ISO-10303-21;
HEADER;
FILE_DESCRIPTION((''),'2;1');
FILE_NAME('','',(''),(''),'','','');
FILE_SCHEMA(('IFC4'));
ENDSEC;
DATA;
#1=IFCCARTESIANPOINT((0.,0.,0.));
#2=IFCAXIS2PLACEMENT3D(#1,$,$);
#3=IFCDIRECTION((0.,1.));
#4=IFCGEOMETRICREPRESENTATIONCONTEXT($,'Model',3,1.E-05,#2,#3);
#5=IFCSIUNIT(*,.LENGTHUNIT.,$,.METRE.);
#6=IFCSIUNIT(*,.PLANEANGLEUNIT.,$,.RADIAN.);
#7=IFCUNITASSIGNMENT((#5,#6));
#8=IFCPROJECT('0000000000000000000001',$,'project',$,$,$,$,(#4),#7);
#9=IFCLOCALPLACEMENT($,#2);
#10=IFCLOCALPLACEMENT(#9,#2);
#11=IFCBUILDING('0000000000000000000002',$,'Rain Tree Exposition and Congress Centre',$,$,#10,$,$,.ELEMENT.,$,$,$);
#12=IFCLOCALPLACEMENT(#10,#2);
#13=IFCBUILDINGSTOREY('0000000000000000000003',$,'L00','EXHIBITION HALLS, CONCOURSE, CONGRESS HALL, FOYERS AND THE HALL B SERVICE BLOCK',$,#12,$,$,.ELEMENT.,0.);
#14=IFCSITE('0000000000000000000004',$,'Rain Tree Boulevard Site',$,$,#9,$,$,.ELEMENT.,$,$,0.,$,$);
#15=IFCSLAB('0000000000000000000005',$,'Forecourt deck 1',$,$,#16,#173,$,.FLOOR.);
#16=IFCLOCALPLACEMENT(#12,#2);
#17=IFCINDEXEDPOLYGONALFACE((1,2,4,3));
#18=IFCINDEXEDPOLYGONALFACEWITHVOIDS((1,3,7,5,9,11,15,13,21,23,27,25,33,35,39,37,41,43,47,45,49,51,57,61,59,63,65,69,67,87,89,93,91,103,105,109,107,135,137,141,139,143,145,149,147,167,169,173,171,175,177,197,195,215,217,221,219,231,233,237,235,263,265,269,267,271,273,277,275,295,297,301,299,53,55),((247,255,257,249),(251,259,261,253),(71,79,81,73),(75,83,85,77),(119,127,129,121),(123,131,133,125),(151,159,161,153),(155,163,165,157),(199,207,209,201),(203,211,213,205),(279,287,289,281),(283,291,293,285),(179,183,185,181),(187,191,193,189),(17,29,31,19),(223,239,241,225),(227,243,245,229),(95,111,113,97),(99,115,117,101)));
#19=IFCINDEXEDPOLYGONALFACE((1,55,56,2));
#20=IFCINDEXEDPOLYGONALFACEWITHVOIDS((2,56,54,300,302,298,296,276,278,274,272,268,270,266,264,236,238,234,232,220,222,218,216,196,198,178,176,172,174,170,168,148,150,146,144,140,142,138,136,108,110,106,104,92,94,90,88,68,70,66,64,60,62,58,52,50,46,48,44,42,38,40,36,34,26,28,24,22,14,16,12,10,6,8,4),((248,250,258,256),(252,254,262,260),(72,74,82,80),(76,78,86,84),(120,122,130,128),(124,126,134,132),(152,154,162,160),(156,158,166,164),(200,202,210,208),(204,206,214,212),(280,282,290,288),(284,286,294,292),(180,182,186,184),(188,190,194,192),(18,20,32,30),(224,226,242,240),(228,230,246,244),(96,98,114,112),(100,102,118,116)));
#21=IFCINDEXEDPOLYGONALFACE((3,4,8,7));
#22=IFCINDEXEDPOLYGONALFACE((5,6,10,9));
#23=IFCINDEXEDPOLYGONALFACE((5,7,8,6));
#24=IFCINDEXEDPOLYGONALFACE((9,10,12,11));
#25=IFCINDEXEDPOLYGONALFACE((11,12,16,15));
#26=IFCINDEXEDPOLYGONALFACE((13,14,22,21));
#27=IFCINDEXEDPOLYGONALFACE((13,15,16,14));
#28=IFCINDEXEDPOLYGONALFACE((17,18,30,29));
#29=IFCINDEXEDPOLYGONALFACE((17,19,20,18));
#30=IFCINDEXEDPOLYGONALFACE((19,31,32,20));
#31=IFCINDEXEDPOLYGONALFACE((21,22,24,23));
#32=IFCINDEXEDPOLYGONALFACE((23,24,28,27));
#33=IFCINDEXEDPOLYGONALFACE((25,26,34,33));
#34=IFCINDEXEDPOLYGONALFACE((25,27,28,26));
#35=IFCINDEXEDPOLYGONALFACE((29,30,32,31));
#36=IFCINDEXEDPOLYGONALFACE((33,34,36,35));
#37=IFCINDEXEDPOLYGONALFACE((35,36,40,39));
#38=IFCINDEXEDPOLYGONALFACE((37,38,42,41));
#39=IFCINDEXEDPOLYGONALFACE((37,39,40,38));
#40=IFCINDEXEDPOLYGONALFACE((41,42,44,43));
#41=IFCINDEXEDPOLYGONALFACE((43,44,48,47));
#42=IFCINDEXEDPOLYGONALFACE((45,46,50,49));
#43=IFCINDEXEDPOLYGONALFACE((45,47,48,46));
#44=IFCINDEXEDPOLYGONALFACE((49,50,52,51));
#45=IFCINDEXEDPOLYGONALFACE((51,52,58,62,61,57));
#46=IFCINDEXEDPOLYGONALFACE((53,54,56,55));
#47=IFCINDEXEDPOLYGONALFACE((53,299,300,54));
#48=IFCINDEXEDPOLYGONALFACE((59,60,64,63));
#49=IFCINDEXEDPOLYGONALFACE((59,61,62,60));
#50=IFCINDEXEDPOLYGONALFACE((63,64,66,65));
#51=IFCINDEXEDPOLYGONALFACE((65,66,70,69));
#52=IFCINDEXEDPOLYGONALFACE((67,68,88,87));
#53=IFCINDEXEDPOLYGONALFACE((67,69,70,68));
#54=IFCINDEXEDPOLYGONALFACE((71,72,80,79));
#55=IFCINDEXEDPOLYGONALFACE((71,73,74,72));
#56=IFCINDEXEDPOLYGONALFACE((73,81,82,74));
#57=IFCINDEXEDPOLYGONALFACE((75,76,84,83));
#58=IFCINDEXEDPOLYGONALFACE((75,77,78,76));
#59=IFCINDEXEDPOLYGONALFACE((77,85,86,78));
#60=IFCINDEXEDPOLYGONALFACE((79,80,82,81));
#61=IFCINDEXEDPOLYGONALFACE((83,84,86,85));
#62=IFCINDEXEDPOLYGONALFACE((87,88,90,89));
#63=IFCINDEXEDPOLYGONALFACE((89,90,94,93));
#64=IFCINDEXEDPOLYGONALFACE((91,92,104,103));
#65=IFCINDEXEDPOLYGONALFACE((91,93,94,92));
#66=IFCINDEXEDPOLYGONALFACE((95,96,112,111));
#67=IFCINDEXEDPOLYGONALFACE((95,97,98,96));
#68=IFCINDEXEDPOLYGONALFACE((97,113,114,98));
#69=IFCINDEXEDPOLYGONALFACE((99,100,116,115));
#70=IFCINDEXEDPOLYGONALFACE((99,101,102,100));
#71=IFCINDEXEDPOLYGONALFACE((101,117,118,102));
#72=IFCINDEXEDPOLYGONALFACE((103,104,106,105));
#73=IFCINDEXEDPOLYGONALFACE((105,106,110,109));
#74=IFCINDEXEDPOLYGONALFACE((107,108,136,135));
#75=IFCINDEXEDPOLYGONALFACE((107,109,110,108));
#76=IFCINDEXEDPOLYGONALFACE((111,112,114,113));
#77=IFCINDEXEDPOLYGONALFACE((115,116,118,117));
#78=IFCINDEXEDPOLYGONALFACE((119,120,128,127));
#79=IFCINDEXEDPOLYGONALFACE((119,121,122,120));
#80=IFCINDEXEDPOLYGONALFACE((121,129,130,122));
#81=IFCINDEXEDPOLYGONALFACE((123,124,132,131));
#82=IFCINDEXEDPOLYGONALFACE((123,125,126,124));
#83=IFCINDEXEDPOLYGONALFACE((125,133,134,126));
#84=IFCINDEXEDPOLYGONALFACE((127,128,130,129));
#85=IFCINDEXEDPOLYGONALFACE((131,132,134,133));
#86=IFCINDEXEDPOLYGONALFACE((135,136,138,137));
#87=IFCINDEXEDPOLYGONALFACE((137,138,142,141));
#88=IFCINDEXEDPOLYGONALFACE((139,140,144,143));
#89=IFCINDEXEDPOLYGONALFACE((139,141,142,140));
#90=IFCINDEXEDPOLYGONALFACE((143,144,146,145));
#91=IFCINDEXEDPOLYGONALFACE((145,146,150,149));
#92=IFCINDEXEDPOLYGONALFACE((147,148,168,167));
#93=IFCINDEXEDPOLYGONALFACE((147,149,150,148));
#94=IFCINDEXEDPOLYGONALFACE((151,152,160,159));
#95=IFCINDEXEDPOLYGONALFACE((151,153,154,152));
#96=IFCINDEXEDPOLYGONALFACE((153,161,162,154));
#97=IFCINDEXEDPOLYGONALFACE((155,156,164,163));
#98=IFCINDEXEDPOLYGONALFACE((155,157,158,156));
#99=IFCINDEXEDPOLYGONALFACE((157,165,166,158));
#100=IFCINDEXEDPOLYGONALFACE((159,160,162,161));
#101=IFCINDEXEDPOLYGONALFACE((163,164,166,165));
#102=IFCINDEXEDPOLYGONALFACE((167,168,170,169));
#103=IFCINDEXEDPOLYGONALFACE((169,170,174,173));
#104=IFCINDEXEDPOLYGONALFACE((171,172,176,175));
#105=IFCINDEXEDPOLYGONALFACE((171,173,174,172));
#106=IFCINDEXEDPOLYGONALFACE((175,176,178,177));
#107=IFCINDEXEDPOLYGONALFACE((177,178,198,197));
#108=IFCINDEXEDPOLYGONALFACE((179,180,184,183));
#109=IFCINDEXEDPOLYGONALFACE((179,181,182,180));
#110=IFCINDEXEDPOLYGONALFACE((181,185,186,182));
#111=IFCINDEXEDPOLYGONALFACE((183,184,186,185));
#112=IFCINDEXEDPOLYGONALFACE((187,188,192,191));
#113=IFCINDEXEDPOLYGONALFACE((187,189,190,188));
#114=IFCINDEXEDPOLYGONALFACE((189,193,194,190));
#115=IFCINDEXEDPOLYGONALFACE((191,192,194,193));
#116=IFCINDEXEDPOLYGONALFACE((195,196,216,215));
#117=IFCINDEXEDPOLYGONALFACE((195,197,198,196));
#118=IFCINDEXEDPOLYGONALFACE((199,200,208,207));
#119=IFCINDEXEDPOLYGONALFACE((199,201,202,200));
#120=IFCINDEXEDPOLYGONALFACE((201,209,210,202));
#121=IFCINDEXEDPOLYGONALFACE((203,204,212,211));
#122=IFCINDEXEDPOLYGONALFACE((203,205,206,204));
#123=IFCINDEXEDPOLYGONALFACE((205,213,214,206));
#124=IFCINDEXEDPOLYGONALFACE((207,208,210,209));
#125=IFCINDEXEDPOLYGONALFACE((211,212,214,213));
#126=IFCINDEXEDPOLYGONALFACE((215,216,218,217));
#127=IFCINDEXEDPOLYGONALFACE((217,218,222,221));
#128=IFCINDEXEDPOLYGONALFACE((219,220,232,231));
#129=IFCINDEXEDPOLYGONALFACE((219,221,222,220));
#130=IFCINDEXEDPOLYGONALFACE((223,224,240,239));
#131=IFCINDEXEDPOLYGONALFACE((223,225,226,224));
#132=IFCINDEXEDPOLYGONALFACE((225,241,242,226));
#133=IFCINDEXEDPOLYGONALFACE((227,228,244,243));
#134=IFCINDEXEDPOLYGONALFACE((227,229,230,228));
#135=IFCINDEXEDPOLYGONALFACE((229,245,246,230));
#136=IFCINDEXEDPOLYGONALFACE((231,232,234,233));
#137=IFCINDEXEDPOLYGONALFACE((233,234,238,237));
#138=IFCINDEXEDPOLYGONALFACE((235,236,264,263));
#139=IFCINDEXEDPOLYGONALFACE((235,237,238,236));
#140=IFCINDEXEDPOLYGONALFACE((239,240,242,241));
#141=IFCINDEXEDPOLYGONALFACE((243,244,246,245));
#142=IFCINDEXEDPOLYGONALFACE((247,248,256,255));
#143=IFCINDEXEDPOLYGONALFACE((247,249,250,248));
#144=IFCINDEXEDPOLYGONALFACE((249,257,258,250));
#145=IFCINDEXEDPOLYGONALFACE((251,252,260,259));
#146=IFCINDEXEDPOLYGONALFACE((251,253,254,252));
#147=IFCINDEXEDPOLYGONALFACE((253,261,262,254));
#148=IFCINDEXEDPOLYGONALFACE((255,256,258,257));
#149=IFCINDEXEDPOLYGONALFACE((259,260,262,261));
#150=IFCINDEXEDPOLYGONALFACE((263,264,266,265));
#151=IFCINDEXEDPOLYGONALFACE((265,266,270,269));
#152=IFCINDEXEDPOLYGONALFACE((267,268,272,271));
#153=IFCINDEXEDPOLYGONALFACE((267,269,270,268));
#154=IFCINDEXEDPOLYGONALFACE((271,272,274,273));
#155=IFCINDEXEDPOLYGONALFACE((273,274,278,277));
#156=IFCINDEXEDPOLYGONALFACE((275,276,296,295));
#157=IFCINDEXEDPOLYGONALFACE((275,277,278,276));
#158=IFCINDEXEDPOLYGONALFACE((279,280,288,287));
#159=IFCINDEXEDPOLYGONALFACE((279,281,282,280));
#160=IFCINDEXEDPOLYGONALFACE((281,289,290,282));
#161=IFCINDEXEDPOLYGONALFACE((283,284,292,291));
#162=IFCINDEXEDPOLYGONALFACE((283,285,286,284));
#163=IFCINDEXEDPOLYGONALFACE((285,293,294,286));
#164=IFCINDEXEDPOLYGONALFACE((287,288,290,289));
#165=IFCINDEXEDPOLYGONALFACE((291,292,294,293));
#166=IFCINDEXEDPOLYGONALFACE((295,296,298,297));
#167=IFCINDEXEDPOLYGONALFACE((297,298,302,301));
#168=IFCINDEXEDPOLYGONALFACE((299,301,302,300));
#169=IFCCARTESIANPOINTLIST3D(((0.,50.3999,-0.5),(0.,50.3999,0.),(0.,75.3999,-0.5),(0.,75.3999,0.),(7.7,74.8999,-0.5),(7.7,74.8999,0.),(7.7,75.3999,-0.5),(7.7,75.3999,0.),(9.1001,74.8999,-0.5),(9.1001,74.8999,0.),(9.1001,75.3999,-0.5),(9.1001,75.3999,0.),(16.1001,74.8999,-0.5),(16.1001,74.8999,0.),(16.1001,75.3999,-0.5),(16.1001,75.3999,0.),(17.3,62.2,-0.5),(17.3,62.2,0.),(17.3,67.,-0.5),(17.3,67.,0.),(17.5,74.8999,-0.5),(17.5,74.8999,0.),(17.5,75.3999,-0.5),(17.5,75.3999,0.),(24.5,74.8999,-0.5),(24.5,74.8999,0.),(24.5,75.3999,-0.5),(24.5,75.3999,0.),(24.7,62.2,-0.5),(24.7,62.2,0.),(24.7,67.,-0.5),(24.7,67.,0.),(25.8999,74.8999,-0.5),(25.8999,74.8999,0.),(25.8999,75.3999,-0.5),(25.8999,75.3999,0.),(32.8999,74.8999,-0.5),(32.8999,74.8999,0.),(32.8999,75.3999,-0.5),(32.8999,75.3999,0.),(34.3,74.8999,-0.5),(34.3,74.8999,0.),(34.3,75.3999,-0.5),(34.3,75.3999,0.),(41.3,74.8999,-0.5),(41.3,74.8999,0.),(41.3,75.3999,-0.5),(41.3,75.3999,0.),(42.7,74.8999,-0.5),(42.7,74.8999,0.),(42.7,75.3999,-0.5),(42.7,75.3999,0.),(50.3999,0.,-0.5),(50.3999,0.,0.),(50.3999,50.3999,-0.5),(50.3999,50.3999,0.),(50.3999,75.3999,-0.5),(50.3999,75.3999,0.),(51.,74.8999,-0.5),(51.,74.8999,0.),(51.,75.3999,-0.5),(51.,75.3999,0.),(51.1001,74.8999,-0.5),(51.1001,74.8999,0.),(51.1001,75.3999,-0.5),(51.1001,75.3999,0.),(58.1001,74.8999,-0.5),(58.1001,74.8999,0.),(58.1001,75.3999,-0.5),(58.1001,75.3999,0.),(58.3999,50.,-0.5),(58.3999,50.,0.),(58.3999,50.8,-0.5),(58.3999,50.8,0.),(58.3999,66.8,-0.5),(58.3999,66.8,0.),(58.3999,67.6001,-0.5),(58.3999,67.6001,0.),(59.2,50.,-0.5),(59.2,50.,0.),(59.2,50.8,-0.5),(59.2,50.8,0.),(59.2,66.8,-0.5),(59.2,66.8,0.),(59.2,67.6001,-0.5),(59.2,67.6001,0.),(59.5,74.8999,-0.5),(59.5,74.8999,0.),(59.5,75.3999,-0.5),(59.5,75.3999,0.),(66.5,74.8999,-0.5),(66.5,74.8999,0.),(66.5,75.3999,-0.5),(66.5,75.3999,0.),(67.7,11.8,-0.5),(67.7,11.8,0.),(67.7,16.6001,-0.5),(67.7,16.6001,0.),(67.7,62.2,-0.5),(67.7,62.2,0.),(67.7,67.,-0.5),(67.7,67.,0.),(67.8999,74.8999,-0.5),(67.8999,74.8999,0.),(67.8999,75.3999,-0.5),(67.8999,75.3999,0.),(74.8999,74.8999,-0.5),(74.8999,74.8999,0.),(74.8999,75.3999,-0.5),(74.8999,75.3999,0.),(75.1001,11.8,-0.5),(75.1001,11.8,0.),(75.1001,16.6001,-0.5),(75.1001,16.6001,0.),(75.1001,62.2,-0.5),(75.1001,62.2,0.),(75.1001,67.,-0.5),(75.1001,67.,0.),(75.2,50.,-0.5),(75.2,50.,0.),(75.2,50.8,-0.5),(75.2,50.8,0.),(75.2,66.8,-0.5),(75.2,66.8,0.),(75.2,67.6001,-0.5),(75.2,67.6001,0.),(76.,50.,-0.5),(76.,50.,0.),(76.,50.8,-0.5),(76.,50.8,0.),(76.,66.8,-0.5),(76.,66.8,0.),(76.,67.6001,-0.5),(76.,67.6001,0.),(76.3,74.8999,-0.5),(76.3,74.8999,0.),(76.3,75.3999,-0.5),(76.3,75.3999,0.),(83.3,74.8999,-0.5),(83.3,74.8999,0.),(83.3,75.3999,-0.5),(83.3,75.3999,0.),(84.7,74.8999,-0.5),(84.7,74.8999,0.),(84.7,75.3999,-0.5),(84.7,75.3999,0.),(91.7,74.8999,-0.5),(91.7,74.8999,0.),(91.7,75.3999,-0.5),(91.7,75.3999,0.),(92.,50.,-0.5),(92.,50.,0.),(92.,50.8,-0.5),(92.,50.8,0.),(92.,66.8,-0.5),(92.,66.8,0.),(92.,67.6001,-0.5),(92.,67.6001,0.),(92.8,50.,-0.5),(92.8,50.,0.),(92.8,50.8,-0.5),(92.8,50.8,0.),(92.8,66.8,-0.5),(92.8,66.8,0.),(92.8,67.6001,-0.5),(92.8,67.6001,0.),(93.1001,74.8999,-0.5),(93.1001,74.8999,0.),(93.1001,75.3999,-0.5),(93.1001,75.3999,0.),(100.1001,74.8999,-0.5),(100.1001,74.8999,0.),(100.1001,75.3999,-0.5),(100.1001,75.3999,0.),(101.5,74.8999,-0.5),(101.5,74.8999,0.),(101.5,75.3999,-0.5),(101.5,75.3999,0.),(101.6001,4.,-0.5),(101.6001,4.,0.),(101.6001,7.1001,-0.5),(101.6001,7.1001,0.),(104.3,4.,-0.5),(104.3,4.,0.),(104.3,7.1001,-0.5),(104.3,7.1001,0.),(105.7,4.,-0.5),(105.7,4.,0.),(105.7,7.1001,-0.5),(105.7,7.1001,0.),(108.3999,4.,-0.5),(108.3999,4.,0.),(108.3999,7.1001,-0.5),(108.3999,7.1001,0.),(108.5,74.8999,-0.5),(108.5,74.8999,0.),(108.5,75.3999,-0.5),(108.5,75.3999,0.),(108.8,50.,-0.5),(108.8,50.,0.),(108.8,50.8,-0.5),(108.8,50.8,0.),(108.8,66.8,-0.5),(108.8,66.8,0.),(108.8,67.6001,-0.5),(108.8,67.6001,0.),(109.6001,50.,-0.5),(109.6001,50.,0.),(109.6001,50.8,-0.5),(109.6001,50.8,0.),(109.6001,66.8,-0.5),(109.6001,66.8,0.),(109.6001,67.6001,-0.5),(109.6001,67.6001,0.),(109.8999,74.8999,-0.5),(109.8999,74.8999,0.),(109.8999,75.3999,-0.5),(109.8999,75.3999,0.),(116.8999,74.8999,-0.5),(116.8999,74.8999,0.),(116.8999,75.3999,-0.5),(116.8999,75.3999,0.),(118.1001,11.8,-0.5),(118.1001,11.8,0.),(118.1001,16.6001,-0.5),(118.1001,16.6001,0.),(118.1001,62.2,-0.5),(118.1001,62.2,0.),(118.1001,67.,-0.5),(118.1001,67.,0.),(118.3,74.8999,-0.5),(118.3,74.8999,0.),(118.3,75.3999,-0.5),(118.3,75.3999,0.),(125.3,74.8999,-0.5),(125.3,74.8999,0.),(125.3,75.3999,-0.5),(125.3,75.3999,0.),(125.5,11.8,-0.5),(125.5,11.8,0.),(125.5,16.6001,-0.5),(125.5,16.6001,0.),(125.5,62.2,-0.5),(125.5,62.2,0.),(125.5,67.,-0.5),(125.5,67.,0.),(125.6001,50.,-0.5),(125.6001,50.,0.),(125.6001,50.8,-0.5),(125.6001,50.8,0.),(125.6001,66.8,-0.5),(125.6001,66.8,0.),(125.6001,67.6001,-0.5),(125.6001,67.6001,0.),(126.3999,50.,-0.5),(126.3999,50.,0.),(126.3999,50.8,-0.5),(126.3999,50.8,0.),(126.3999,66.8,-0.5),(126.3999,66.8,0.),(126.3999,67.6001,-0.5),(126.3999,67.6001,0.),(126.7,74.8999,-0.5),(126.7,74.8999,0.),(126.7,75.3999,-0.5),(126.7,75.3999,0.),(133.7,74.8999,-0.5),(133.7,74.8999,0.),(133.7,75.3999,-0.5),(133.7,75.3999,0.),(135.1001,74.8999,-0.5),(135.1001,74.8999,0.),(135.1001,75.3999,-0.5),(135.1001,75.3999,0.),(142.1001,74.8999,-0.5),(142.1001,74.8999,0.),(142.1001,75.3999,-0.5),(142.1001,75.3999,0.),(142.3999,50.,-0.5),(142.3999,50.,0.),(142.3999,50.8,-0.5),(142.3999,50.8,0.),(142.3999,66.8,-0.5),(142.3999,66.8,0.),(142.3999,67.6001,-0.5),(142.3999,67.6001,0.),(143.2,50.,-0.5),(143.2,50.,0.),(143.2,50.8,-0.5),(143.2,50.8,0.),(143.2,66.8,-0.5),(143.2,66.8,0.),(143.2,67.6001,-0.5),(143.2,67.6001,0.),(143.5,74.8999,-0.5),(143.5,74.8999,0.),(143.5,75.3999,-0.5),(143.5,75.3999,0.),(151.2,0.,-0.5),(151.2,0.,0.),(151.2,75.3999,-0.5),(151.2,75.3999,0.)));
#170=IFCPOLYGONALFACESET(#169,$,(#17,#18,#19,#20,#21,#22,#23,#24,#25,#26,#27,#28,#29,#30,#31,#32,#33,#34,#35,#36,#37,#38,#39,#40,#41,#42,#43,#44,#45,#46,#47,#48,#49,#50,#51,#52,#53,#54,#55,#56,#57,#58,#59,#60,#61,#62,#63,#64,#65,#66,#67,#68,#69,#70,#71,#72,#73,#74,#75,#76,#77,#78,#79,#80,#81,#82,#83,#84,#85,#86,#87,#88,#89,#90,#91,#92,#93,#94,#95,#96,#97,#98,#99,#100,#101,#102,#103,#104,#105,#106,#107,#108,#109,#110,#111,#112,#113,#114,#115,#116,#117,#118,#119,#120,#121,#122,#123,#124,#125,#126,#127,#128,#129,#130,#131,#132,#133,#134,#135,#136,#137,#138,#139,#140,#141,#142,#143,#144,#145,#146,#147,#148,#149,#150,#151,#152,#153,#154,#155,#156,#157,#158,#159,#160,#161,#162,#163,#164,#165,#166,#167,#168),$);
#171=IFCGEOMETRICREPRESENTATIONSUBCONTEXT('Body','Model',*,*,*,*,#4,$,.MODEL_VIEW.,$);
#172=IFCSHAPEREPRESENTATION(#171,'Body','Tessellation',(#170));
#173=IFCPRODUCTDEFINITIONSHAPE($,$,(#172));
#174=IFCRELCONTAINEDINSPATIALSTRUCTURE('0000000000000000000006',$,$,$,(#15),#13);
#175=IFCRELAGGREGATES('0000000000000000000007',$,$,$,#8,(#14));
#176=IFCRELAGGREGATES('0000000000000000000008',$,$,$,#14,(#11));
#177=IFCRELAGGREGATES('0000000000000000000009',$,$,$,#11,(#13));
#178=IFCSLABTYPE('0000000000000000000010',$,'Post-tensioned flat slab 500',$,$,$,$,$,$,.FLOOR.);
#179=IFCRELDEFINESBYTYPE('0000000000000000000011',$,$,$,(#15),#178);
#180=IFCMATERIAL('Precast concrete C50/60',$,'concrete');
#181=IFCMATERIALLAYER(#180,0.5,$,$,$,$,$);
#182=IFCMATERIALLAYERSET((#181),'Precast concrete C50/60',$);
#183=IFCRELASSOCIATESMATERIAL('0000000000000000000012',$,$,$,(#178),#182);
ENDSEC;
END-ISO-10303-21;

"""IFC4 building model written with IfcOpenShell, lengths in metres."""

from ifc_helpers import new_model, si_unit, direction, frame, origin, place, context, subcontext, project, spatial, polyline, outline, extrude, material, layer, layer_set, type_object, element, save


model = new_model("IFC4")

# Units and contexts
model_context = context("Model", 3, precision=1e-05, world=origin(), true_north=direction((0.0, 1.0)))
body_context = subcontext(model_context, "Body", "Model", "MODEL_VIEW")
ifc_project = project(units=[si_unit("LENGTHUNIT", "METRE"), si_unit("PLANEANGLEUNIT", "RADIAN")], contexts=[model_context])

# Site, building, storey
site_placement = place(None, origin())
site = spatial("IfcSite", under=ifc_project, at=site_placement, Name="Rain Tree Boulevard Site", CompositionType="ELEMENT", RefElevation=0.0)
building_placement = place(site_placement, origin())
building = spatial("IfcBuilding", under=site, at=building_placement, Name="Rain Tree Exposition and Congress Centre", CompositionType="ELEMENT")
storey_placement = place(building_placement, origin())
storey = spatial("IfcBuildingStorey", under=building, at=storey_placement, Name="L00", Description="EXHIBITION HALLS, CONCOURSE, CONGRESS HALL, FOYERS AND THE HALL B SERVICE BLOCK", CompositionType="ELEMENT", Elevation=0.0)

# Slab
ifc_material_1 = material(Name="Precast concrete C50/60", Category="concrete")
ifc_layer_1 = layer(ifc_material_1, 0.5)
ifc_layer_set_1 = layer_set([ifc_layer_1], Name="Precast concrete C50/60")
slab_type_1 = type_object("IfcSlabType", Name="Post-tensioned flat slab 500", PredefinedType="FLOOR", material=ifc_layer_set_1)
slab_1_placement = place(storey_placement, frame((0.0, 0.0, -0.5)))
element("IfcSlab", 1, at=slab_1_placement, inside=storey, type_object=slab_type_1, Name="Forecourt deck 1", PredefinedType="FLOOR", context=body_context, shape_type="SweptSolid", body=[
    extrude(outline(polyline([(151.2, 75.3999), (143.5, 75.3999), (143.5, 74.8999), (142.1001, 74.8999), (142.1001, 75.3999), (135.1001, 75.3999), (135.1001, 74.8999), (133.7, 74.8999), (133.7, 75.3999), (126.7, 75.3999), (126.7, 74.8999), (125.3, 74.8999), (125.3, 75.3999), (118.3, 75.3999), (118.3, 74.8999), (116.8999, 74.8999), (116.8999, 75.3999), (109.8999, 75.3999), (109.8999, 74.8999), (108.5, 74.8999), (108.5, 75.3999), (101.5, 75.3999), (101.5, 74.8999), (100.1001, 74.8999), (100.1001, 75.3999), (93.1001, 75.3999), (93.1001, 74.8999), (91.7, 74.8999), (91.7, 75.3999), (84.7, 75.3999), (84.7, 74.8999), (83.3, 74.8999), (83.3, 75.3999), (76.3, 75.3999), (76.3, 74.8999), (74.8999, 74.8999), (74.8999, 75.3999), (67.8999, 75.3999), (67.8999, 74.8999), (66.5, 74.8999), (66.5, 75.3999), (59.5, 75.3999), (59.5, 74.8999), (58.1001, 74.8999), (58.1001, 75.3999), (51.1001, 75.3999), (51.1001, 74.8999), (51.0, 74.8999), (51.0, 75.3999), (50.3999, 75.3999), (42.7, 75.3999), (42.7, 74.8999), (41.3, 74.8999), (41.3, 75.3999), (34.3, 75.3999), (34.3, 74.8999), (32.8999, 74.8999), (32.8999, 75.3999), (25.8999, 75.3999), (25.8999, 74.8999), (24.5, 74.8999), (24.5, 75.3999), (17.5, 75.3999), (17.5, 74.8999), (16.1001, 74.8999), (16.1001, 75.3999), (9.1001, 75.3999), (9.1001, 74.8999), (7.7, 74.8999), (7.7, 75.3999), (0.0, 75.3999), (0.0, 50.3999), (50.3999, 50.3999), (50.3999, 0.0), (151.2, 0.0), (151.2, 75.3999)]), holes=[polyline([(101.6001, 7.1001), (101.6001, 4.0), (104.3, 4.0), (104.3, 7.1001), (101.6001, 7.1001)]), polyline([(108.3999, 7.1001), (105.7, 7.1001), (105.7, 4.0), (108.3999, 4.0), (108.3999, 7.1001)]), polyline([(75.1001, 16.6001), (67.7, 16.6001), (67.7, 11.8), (75.1001, 11.8), (75.1001, 16.6001)]), polyline([(59.2, 50.8), (58.3999, 50.8), (58.3999, 50.0), (59.2, 50.0), (59.2, 50.8)]), polyline([(76.0, 50.8), (75.2, 50.8), (75.2, 50.0), (76.0, 50.0), (76.0, 50.8)]), polyline([(92.8, 50.8), (92.0, 50.8), (92.0, 50.0), (92.8, 50.0), (92.8, 50.8)]), polyline([(109.6001, 50.8), (108.8, 50.8), (108.8, 50.0), (109.6001, 50.0), (109.6001, 50.8)]), polyline([(24.7, 67.0), (17.3, 67.0), (17.3, 62.2), (24.7, 62.2), (24.7, 67.0)]), polyline([(75.1001, 67.0), (67.7, 67.0), (67.7, 62.2), (75.1001, 62.2), (75.1001, 67.0)]), polyline([(59.2, 67.6001), (58.3999, 67.6001), (58.3999, 66.8), (59.2, 66.8), (59.2, 67.6001)]), polyline([(76.0, 67.6001), (75.2, 67.6001), (75.2, 66.8), (76.0, 66.8), (76.0, 67.6001)]), polyline([(92.8, 67.6001), (92.0, 67.6001), (92.0, 66.8), (92.8, 66.8), (92.8, 67.6001)]), polyline([(109.6001, 67.6001), (108.8, 67.6001), (108.8, 66.8), (109.6001, 66.8), (109.6001, 67.6001)]), polyline([(125.5, 16.6001), (118.1001, 16.6001), (118.1001, 11.8), (125.5, 11.8), (125.5, 16.6001)]), polyline([(126.3999, 50.8), (125.6001, 50.8), (125.6001, 50.0), (126.3999, 50.0), (126.3999, 50.8)]), polyline([(143.2, 50.8), (142.3999, 50.8), (142.3999, 50.0), (143.2, 50.0), (143.2, 50.8)]), polyline([(125.5, 67.0), (118.1001, 67.0), (118.1001, 62.2), (125.5, 62.2), (125.5, 67.0)]), polyline([(126.3999, 67.6001), (125.6001, 67.6001), (125.6001, 66.8), (126.3999, 66.8), (126.3999, 67.6001)]), polyline([(143.2, 67.6001), (142.3999, 67.6001), (142.3999, 66.8), (143.2, 66.8), (143.2, 67.6001)])]), origin(), (0.0, 0.0, 1.0), 0.5),
])

save(model, "model.ifc")
